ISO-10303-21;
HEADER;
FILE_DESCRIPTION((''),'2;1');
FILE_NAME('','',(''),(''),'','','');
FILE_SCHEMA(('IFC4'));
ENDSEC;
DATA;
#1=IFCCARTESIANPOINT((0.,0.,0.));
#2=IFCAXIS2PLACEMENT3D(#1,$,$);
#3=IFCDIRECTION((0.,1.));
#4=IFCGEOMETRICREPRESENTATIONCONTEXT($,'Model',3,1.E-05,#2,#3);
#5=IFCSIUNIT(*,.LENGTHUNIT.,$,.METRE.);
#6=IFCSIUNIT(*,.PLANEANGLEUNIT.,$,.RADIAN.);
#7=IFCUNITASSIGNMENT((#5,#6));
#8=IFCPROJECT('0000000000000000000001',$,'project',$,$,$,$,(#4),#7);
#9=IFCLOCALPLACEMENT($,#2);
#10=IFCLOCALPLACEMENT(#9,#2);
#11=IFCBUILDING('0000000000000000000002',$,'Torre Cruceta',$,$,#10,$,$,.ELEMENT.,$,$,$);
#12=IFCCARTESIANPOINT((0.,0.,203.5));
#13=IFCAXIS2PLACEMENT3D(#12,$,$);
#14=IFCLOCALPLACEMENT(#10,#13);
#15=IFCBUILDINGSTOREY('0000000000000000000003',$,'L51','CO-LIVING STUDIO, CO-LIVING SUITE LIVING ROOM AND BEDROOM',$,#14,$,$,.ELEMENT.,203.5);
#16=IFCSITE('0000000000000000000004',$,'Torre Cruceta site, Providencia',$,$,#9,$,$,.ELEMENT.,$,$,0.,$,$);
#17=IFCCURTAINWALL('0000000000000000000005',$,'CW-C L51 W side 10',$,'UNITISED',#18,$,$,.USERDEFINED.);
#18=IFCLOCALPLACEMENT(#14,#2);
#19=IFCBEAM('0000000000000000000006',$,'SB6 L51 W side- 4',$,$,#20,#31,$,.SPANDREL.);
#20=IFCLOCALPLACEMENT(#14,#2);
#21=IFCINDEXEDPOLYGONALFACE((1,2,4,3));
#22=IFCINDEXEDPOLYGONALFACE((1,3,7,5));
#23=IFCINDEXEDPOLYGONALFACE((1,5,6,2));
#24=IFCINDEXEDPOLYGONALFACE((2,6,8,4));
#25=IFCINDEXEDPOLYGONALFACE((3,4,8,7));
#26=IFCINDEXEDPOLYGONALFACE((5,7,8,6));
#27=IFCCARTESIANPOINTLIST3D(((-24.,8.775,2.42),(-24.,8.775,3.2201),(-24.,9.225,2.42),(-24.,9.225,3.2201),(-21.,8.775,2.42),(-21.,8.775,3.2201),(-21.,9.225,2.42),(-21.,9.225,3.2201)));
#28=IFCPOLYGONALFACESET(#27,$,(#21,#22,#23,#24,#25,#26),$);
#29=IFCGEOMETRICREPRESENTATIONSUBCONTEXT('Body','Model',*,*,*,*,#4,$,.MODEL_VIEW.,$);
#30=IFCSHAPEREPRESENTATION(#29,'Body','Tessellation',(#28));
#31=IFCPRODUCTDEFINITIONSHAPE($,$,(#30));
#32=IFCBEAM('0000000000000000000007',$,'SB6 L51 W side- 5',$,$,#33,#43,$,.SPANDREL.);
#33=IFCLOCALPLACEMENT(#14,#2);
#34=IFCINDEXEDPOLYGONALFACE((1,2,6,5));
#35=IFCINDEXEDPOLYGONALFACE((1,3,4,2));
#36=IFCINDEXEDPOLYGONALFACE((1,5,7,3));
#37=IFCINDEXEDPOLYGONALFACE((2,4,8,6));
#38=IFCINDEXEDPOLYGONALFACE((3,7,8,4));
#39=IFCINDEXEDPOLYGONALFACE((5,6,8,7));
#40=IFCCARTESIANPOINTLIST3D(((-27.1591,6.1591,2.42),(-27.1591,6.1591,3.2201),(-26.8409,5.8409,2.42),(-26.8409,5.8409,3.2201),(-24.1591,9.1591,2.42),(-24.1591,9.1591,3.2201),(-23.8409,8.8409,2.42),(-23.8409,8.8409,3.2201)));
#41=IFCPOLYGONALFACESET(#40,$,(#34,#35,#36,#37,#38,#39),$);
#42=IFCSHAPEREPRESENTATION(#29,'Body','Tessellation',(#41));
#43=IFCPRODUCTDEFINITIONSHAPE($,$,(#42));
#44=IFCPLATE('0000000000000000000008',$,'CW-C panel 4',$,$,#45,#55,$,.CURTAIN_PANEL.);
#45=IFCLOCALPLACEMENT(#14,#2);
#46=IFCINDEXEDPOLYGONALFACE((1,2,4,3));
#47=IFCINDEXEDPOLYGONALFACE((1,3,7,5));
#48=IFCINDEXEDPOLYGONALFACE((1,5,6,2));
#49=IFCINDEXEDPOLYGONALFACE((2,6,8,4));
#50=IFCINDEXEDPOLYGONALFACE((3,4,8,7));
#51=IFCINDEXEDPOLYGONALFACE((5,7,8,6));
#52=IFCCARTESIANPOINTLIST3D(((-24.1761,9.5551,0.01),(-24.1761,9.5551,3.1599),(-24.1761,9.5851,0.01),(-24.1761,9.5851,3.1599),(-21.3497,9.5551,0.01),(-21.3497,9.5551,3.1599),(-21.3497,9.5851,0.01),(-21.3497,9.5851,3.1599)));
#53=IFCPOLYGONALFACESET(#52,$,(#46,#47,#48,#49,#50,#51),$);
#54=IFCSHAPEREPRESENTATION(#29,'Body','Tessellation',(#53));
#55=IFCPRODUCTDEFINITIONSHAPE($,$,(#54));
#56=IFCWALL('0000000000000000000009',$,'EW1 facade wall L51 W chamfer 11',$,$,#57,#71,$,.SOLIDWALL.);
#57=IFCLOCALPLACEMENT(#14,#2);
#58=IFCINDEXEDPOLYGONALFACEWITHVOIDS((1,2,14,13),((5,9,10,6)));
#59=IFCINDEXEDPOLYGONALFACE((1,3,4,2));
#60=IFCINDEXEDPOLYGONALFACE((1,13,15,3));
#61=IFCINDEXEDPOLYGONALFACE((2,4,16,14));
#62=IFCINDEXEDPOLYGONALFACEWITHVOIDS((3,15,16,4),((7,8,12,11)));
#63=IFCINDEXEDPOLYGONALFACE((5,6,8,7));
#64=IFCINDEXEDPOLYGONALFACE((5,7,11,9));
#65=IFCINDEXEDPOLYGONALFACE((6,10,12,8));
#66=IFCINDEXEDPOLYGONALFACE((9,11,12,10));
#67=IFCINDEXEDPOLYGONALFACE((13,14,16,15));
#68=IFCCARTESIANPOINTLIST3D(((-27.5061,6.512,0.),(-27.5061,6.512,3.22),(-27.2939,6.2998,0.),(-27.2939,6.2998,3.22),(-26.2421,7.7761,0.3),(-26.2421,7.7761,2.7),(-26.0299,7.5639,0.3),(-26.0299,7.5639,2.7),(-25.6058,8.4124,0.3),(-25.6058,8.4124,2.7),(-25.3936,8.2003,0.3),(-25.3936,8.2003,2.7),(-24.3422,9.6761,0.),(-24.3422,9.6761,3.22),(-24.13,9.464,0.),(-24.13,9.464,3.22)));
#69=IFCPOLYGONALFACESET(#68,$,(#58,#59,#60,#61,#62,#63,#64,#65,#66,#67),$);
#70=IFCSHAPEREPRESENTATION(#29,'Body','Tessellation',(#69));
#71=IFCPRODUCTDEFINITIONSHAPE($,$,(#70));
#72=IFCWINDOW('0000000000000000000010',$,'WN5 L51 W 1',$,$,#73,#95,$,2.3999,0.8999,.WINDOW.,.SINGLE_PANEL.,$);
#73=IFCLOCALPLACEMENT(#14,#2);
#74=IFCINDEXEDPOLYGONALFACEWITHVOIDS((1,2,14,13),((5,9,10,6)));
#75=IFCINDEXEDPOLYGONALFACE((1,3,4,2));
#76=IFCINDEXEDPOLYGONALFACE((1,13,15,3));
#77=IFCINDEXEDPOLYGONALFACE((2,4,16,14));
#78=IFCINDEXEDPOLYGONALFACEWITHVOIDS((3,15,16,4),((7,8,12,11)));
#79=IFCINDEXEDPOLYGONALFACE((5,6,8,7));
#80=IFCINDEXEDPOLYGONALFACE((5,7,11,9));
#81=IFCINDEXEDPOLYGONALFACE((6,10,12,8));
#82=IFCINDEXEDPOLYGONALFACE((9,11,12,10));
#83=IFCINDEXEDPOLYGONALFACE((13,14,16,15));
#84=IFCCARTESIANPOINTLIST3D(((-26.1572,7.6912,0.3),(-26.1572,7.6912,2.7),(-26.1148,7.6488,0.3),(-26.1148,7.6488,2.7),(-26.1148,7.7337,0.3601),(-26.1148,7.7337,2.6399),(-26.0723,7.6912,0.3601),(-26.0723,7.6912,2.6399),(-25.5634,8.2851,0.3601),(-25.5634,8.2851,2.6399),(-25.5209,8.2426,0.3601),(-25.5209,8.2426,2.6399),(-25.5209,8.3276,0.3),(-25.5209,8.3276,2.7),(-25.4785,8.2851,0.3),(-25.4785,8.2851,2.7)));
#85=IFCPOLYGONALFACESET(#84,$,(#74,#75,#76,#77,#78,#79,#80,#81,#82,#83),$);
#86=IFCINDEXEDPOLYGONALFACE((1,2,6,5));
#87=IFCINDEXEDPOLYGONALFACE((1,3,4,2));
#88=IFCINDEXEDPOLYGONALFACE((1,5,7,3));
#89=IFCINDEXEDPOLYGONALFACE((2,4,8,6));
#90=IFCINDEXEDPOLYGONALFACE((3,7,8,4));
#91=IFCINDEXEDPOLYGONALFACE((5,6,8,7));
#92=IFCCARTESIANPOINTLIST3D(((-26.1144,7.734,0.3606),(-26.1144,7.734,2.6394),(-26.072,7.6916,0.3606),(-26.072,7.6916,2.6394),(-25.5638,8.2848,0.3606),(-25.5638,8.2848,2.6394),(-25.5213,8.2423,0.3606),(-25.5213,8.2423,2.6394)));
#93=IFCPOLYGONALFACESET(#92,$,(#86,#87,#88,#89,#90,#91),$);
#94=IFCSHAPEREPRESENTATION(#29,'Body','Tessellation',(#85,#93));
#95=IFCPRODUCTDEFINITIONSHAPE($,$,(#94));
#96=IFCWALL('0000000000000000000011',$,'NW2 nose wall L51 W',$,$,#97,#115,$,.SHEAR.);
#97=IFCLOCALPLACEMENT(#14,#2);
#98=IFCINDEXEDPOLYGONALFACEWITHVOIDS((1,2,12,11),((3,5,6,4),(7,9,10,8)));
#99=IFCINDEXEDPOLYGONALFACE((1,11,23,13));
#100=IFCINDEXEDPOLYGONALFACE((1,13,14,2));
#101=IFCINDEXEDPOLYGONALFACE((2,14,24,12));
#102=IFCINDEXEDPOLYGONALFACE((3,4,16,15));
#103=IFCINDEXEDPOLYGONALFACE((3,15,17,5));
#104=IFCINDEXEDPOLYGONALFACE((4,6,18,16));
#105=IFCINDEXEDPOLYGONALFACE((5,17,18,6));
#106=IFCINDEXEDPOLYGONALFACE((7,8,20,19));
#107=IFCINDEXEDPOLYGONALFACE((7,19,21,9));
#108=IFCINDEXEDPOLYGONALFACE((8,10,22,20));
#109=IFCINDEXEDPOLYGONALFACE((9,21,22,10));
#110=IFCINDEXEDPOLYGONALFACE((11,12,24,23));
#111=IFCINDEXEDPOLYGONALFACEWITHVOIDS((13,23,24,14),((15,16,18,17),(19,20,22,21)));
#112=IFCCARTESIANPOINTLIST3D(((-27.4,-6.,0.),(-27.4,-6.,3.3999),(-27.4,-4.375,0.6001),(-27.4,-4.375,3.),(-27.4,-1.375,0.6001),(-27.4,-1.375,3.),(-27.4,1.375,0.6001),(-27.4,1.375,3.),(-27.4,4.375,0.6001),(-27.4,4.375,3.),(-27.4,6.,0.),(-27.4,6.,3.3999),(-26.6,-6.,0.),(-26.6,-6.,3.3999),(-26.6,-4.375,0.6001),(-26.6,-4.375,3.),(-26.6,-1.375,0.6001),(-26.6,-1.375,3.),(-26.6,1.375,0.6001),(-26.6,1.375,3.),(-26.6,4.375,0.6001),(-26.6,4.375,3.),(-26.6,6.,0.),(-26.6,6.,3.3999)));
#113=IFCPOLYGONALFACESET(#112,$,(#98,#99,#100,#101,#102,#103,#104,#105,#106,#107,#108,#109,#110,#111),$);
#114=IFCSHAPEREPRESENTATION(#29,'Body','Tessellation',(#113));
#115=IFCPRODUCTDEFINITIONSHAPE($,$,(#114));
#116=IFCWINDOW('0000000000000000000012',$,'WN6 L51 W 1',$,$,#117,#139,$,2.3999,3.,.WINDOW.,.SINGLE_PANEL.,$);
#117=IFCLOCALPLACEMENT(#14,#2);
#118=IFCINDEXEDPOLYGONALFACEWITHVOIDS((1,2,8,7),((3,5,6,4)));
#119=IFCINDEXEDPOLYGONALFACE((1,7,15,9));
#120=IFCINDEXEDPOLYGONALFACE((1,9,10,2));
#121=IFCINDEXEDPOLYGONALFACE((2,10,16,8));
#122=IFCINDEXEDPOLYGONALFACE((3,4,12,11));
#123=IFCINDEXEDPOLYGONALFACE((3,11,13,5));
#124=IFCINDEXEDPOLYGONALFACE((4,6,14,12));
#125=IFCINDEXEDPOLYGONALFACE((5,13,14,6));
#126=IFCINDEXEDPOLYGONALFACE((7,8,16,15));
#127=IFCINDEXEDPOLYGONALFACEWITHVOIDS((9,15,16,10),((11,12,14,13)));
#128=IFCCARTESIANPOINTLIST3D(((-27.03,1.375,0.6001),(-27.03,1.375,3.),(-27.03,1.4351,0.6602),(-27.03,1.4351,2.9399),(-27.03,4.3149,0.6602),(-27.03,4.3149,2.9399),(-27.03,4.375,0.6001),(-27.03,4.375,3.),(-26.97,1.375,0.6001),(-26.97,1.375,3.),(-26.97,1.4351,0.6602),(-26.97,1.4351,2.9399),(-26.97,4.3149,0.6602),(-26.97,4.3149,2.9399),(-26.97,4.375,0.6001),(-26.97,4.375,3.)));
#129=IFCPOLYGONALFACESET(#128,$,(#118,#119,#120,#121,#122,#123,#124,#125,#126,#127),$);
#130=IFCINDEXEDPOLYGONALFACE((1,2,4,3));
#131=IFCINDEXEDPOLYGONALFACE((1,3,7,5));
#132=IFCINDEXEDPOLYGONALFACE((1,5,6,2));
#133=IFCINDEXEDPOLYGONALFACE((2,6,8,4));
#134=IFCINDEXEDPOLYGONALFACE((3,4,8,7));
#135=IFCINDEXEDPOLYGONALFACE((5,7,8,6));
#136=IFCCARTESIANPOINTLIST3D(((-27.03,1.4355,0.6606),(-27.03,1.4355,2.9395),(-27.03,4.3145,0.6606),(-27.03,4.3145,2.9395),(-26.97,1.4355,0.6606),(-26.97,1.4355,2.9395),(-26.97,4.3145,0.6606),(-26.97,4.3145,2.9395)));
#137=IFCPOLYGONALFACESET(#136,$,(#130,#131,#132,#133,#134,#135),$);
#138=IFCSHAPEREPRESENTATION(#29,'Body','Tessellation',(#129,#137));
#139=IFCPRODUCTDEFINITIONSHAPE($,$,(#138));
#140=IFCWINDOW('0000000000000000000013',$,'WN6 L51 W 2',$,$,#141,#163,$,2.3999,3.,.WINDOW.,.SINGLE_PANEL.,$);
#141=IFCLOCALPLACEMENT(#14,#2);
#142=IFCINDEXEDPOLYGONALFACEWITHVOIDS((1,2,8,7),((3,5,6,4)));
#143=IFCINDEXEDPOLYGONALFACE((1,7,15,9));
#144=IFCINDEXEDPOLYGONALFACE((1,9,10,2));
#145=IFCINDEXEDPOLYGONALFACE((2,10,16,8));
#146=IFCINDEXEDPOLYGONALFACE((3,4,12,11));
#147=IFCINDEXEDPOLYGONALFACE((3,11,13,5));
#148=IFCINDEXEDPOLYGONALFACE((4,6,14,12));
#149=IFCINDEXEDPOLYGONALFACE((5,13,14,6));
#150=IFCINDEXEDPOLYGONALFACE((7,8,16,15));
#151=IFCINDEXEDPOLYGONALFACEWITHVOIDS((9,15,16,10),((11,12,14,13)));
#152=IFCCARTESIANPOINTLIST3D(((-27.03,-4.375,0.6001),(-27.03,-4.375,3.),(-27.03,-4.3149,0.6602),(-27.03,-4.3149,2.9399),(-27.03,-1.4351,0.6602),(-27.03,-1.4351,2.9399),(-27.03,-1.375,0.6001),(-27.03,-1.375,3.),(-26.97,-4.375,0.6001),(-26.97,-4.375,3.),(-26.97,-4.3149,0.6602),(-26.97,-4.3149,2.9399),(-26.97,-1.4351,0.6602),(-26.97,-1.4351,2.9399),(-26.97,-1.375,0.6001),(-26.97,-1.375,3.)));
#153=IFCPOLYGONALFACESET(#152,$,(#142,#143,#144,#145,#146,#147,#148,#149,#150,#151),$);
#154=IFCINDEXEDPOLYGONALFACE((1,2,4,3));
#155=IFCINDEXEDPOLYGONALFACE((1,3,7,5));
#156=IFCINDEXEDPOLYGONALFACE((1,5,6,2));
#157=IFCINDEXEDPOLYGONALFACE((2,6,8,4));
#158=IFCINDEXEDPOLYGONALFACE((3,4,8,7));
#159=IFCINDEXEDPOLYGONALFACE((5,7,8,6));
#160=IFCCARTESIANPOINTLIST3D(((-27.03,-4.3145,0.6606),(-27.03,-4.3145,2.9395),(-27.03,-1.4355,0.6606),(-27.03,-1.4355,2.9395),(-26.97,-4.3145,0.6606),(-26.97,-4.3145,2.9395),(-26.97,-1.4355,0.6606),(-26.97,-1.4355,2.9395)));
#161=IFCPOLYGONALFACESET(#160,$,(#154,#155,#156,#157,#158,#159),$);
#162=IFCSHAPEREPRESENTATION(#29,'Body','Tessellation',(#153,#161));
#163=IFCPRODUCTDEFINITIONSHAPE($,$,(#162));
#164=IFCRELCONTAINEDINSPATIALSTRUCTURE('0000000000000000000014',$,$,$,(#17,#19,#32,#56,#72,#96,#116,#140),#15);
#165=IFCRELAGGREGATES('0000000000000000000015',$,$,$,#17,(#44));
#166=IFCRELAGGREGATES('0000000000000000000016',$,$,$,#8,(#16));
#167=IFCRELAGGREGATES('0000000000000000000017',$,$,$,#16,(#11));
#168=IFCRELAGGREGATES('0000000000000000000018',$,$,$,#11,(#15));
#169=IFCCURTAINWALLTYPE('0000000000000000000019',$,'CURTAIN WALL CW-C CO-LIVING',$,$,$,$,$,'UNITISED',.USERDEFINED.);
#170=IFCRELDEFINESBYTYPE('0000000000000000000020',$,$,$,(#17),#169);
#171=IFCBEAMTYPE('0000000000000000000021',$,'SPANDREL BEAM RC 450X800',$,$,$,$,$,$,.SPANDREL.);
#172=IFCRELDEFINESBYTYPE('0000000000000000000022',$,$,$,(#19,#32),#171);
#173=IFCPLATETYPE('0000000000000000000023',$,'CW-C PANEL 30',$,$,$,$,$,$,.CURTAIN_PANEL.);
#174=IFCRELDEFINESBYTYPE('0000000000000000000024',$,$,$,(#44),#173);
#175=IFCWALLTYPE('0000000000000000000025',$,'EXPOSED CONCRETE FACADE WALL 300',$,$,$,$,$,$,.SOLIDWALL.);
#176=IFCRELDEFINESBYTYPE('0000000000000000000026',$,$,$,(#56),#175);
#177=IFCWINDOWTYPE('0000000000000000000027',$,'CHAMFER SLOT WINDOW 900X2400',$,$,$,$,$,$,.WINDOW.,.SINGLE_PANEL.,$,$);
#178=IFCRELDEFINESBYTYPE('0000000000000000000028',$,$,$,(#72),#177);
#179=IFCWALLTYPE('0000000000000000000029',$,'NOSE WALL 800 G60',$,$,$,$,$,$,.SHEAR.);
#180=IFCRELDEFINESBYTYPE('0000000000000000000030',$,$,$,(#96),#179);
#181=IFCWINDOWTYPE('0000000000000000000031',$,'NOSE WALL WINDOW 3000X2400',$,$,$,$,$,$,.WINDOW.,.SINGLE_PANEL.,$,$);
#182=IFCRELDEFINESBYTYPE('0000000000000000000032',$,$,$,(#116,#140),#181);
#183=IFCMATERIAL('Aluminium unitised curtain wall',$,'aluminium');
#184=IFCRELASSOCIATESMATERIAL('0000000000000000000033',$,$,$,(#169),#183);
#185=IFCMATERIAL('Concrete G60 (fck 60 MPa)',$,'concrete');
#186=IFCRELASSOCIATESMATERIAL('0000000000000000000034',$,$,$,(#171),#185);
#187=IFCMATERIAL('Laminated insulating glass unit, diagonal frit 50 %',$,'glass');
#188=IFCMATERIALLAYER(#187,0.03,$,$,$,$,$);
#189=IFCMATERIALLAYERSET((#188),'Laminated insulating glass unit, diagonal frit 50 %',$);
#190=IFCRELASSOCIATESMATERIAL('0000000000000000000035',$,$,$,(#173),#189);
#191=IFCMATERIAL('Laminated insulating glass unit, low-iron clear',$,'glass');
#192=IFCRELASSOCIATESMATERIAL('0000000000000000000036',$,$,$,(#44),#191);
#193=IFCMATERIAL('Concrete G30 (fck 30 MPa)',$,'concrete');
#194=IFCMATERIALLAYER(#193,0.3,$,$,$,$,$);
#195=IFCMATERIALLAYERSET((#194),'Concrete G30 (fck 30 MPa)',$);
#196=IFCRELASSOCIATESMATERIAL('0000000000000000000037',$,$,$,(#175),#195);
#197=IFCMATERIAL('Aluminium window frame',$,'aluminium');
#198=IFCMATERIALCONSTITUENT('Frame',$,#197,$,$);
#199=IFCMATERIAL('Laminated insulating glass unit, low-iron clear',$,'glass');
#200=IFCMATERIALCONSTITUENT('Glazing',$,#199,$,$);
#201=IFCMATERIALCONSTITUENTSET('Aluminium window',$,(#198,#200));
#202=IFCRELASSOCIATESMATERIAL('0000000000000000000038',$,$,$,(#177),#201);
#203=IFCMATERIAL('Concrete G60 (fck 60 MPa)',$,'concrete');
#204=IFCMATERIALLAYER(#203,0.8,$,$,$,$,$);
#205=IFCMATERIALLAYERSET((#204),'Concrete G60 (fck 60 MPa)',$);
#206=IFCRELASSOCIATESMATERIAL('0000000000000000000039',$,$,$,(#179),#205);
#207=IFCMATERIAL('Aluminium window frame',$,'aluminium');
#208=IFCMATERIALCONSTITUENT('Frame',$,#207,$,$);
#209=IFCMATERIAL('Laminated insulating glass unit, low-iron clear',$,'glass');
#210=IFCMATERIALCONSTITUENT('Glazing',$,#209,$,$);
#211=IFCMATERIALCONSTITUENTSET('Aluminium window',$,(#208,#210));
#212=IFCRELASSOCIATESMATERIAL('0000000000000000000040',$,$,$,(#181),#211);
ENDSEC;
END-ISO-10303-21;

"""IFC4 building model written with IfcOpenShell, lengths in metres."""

from ifc_helpers import new_model, si_unit, direction, frame, frame_2d, origin, origin_2d, place, context, subcontext, project, spatial, rectangle, hollow_rectangle, extrude, material, layer, layer_set, constituent, constituent_set, material_profile, profile_set, type_object, element, fill, aggregate, save


model = new_model("IFC4")

# Units and contexts
model_context = context("Model", 3, precision=1e-05, world=origin(), true_north=direction((0.0, 1.0)))
body_context = subcontext(model_context, "Body", "Model", "MODEL_VIEW")
ifc_project = project(units=[si_unit("LENGTHUNIT", "METRE"), si_unit("PLANEANGLEUNIT", "RADIAN")], contexts=[model_context])

# Site, building, storey
site_placement = place(None, origin())
site = spatial("IfcSite", under=ifc_project, at=site_placement, Name="Torre Cruceta site, Providencia", CompositionType="ELEMENT", RefElevation=0.0)
building_placement = place(site_placement, origin())
building = spatial("IfcBuilding", under=site, at=building_placement, Name="Torre Cruceta", CompositionType="ELEMENT")
storey_placement = place(building_placement, frame((0.0, 0.0, 203.5)))
storey = spatial("IfcBuildingStorey", under=building, at=storey_placement, Name="L51", Description="CO-LIVING STUDIO, CO-LIVING SUITE LIVING ROOM AND BEDROOM", CompositionType="ELEMENT", Elevation=203.5)

# Curtain wall
ifc_material_1 = material(Name="Aluminium unitised curtain wall", Category="aluminium")
curtain_wall_type = type_object("IfcCurtainWallType", Name="CURTAIN WALL CW-C CO-LIVING", ElementType="UNITISED", PredefinedType="USERDEFINED", material=ifc_material_1)
curtain_wall_placement = place(storey_placement, origin())
curtain_wall = element("IfcCurtainWall", 1, at=curtain_wall_placement, inside=storey, type_object=curtain_wall_type, Name="CW-C L51 W side 10", ObjectType="UNITISED", PredefinedType="USERDEFINED")

# Beams
ifc_material_2 = material(Name="Concrete G60 (fck 60 MPa)", Category="concrete")
ifc_material_profile_1 = material_profile(ifc_material_2, rectangle(XDim=0.45, YDim=0.8, at=origin_2d()), Name="RC 450X800")
ifc_profile_set_1 = profile_set([ifc_material_profile_1], Name="Concrete G60 (fck 60 MPa)")
beam_type_1 = type_object("IfcBeamType", Name="SPANDREL BEAM RC 450X800", PredefinedType="SPANDREL", material=ifc_profile_set_1)
beam_1_placement = place(storey_placement, frame((-21.0, 9.0, 2.8201), z_axis=(-1.0, 0.0, 0.0), x_axis=(0.0, -1.0, 0.0)))
element("IfcBeam", 2, at=beam_1_placement, inside=storey, type_object=beam_type_1, Name="SB6 L51 W side- 4", PredefinedType="SPANDREL", context=body_context, shape_type="SweptSolid", body=[
    extrude(rectangle(XDim=0.45, YDim=0.8, at=origin_2d()), origin(), (0.0, 0.0, 1.0), 3.0),
])
beam_2_placement = place(storey_placement, frame((-24.0, 9.0, 2.8201), z_axis=(-0.707107, -0.707107, 0.0), x_axis=(0.707107, -0.707107, 0.0)))
element("IfcBeam", 3, at=beam_2_placement, inside=storey, type_object=beam_type_1, Name="SB6 L51 W side- 5", PredefinedType="SPANDREL", context=body_context, shape_type="SweptSolid", body=[
    extrude(rectangle(XDim=0.45, YDim=0.8, at=origin_2d()), origin(), (0.0, 0.0, 1.0), 4.2427),
])

# Plate
ifc_material_3 = material(Name="Laminated insulating glass unit, low-iron clear", Category="glass")
ifc_material_4 = material(Name="Laminated insulating glass unit, diagonal frit 50 %", Category="glass")
ifc_layer_1 = layer(ifc_material_4, 0.03)
ifc_layer_set_1 = layer_set([ifc_layer_1], Name="Laminated insulating glass unit, diagonal frit 50 %")
plate_type = type_object("IfcPlateType", Name="CW-C PANEL 30", PredefinedType="CURTAIN_PANEL", material=ifc_layer_set_1)
plate_placement = place(storey_placement, frame((-22.7629, 9.5701, 0.01), z_axis=(0.0, 0.0, 1.0), x_axis=(-1.0, 0.0, 0.0)))
plate = element("IfcPlate", 4, at=plate_placement, type_object=plate_type, material=ifc_material_3, Name="CW-C panel 4", PredefinedType="CURTAIN_PANEL", context=body_context, shape_type="SweptSolid", body=[
    extrude(rectangle(XDim=2.8264, YDim=0.03, at=origin_2d()), origin(), (0.0, 0.0, 1.0), 3.1499),
])
aggregate(curtain_wall, [plate])

# Wall, opening, window
ifc_material_5 = material(Name="Concrete G30 (fck 30 MPa)", Category="concrete")
ifc_layer_2 = layer(ifc_material_5, 0.3)
ifc_layer_set_2 = layer_set([ifc_layer_2], Name="Concrete G30 (fck 30 MPa)")
wall_type_1 = type_object("IfcWallType", Name="EXPOSED CONCRETE FACADE WALL 300", PredefinedType="SOLIDWALL", material=ifc_layer_set_2)
wall_1_placement = place(storey_placement, frame((-24.2361, 9.5701, 0.0), z_axis=(0.0, 0.0, 1.0), x_axis=(-0.707079, -0.707134, 0.0)))
wall_1 = element("IfcWall", 5, at=wall_1_placement, inside=storey, type_object=wall_type_1, Name="EW1 facade wall L51 W chamfer 11", PredefinedType="SOLIDWALL", context=body_context, shape_type="SweptSolid", body=[
    extrude(rectangle(XDim=4.4746, YDim=0.3, at=frame_2d((2.2373, 0.0))), origin(), (0.0, 0.0, 1.0), 3.22),
])
opening_1_placement = place(wall_1_placement, frame((1.7871, 0.0, 0.3)))
opening_1 = element("IfcOpeningElement", 6, at=opening_1_placement, cuts=wall_1, PredefinedType="OPENING", context=body_context, shape_type="SweptSolid", body=[
    extrude(rectangle(XDim=0.8999, YDim=2.3999, at=frame_2d((0.45, 1.2))), frame((0.0, 0.1599, 0.0), z_axis=(0.0, -1.0, 0.0), x_axis=(1.0, 0.0, 0.0)), (0.0, 0.0, 1.0), 0.3201),
])
ifc_material_6 = material(Name="Aluminium window frame", Category="aluminium")
ifc_constituent_1 = constituent(ifc_material_6, Name="Frame")
ifc_material_7 = material(Name="Laminated insulating glass unit, low-iron clear", Category="glass")
ifc_constituent_2 = constituent(ifc_material_7, Name="Glazing")
ifc_constituent_set_1 = constituent_set(constituents=[ifc_constituent_1, ifc_constituent_2], Name="Aluminium window")
window_type_1 = type_object("IfcWindowType", Name="CHAMFER SLOT WINDOW 900X2400", PartitioningType="SINGLE_PANEL", PredefinedType="WINDOW", material=ifc_constituent_set_1)
window_1_placement = place(opening_1_placement, origin())
window_1 = element("IfcWindow", 7, at=window_1_placement, inside=storey, type_object=window_type_1, Name="WN5 L51 W 1", OverallHeight=2.3999, OverallWidth=0.8999, PartitioningType="SINGLE_PANEL", PredefinedType="WINDOW", context=body_context, shape_type="SweptSolid", body=[
    extrude(hollow_rectangle(XDim=0.8999, YDim=2.3999, WallThickness=0.0601, at=frame_2d((0.45, 1.2))), frame((0.0, 0.03, 0.0), z_axis=(0.0, -1.0, 0.0), x_axis=(1.0, 0.0, 0.0)), (0.0, 0.0, 1.0), 0.0601),
    extrude(rectangle(XDim=0.7788, YDim=2.2788, at=frame_2d((0.45, 1.2))), frame((0.0, 0.03, 0.0), z_axis=(0.0, -1.0, 0.0), x_axis=(1.0, 0.0, 0.0)), (0.0, 0.0, 1.0), 0.0601),
])
fill(opening_1, window_1)

# Wall, openings, windows
ifc_material_8 = material(Name="Concrete G60 (fck 60 MPa)", Category="concrete")
ifc_layer_3 = layer(ifc_material_8, 0.8)
ifc_layer_set_3 = layer_set([ifc_layer_3], Name="Concrete G60 (fck 60 MPa)")
wall_type_2 = type_object("IfcWallType", Name="NOSE WALL 800 G60", PredefinedType="SHEAR", material=ifc_layer_set_3)
wall_2_placement = place(storey_placement, frame((-27.0, 6.0, 0.0), z_axis=(0.0, 0.0, 1.0), x_axis=(0.0, -1.0, 0.0)))
wall_2 = element("IfcWall", 8, at=wall_2_placement, inside=storey, type_object=wall_type_2, Name="NW2 nose wall L51 W", PredefinedType="SHEAR", context=body_context, shape_type="SweptSolid", body=[
    extrude(rectangle(XDim=12.0, YDim=0.8, at=frame_2d((6.0, 0.0))), origin(), (0.0, 0.0, 1.0), 3.3999),
])
opening_2_placement = place(wall_2_placement, frame((1.625, 0.0, 0.6001)))
opening_2 = element("IfcOpeningElement", 9, at=opening_2_placement, cuts=wall_2, PredefinedType="OPENING", context=body_context, shape_type="SweptSolid", body=[
    extrude(rectangle(XDim=3.0, YDim=2.3999, at=frame_2d((1.5, 1.2))), frame((0.0, 0.4099, 0.0), z_axis=(0.0, -1.0, 0.0), x_axis=(1.0, 0.0, 0.0)), (0.0, 0.0, 1.0), 0.8201),
])
opening_3_placement = place(wall_2_placement, frame((7.375, 0.0, 0.6001)))
opening_3 = element("IfcOpeningElement", 10, at=opening_3_placement, cuts=wall_2, PredefinedType="OPENING", context=body_context, shape_type="SweptSolid", body=[
    extrude(rectangle(XDim=3.0, YDim=2.3999, at=frame_2d((1.5, 1.2))), frame((0.0, 0.4099, 0.0), z_axis=(0.0, -1.0, 0.0), x_axis=(1.0, 0.0, 0.0)), (0.0, 0.0, 1.0), 0.8201),
])
ifc_material_9 = material(Name="Aluminium window frame", Category="aluminium")
ifc_constituent_3 = constituent(ifc_material_9, Name="Frame")
ifc_material_10 = material(Name="Laminated insulating glass unit, low-iron clear", Category="glass")
ifc_constituent_4 = constituent(ifc_material_10, Name="Glazing")
ifc_constituent_set_2 = constituent_set(constituents=[ifc_constituent_3, ifc_constituent_4], Name="Aluminium window")
window_type_2 = type_object("IfcWindowType", Name="NOSE WALL WINDOW 3000X2400", PartitioningType="SINGLE_PANEL", PredefinedType="WINDOW", material=ifc_constituent_set_2)
window_2_placement = place(opening_2_placement, origin())
window_2 = element("IfcWindow", 11, at=window_2_placement, inside=storey, type_object=window_type_2, Name="WN6 L51 W 1", OverallHeight=2.3999, OverallWidth=3.0, PartitioningType="SINGLE_PANEL", PredefinedType="WINDOW", context=body_context, shape_type="SweptSolid", body=[
    extrude(hollow_rectangle(XDim=3.0, YDim=2.3999, WallThickness=0.0601, at=frame_2d((1.5, 1.2))), frame((0.0, 0.03, 0.0), z_axis=(0.0, -1.0, 0.0), x_axis=(1.0, 0.0, 0.0)), (0.0, 0.0, 1.0), 0.0601),
    extrude(rectangle(XDim=2.8789, YDim=2.2788, at=frame_2d((1.5, 1.2))), frame((0.0, 0.03, 0.0), z_axis=(0.0, -1.0, 0.0), x_axis=(1.0, 0.0, 0.0)), (0.0, 0.0, 1.0), 0.0601),
])
fill(opening_2, window_2)
window_3_placement = place(opening_3_placement, origin())
window_3 = element("IfcWindow", 12, at=window_3_placement, inside=storey, type_object=window_type_2, Name="WN6 L51 W 2", OverallHeight=2.3999, OverallWidth=3.0, PartitioningType="SINGLE_PANEL", PredefinedType="WINDOW", context=body_context, shape_type="SweptSolid", body=[
    extrude(hollow_rectangle(XDim=3.0, YDim=2.3999, WallThickness=0.0601, at=frame_2d((1.5, 1.2))), frame((0.0, 0.03, 0.0), z_axis=(0.0, -1.0, 0.0), x_axis=(1.0, 0.0, 0.0)), (0.0, 0.0, 1.0), 0.0601),
    extrude(rectangle(XDim=2.8789, YDim=2.2788, at=frame_2d((1.5, 1.2))), frame((0.0, 0.03, 0.0), z_axis=(0.0, -1.0, 0.0), x_axis=(1.0, 0.0, 0.0)), (0.0, 0.0, 1.0), 0.0601),
])
fill(opening_3, window_3)

save(model, "model.ifc")
